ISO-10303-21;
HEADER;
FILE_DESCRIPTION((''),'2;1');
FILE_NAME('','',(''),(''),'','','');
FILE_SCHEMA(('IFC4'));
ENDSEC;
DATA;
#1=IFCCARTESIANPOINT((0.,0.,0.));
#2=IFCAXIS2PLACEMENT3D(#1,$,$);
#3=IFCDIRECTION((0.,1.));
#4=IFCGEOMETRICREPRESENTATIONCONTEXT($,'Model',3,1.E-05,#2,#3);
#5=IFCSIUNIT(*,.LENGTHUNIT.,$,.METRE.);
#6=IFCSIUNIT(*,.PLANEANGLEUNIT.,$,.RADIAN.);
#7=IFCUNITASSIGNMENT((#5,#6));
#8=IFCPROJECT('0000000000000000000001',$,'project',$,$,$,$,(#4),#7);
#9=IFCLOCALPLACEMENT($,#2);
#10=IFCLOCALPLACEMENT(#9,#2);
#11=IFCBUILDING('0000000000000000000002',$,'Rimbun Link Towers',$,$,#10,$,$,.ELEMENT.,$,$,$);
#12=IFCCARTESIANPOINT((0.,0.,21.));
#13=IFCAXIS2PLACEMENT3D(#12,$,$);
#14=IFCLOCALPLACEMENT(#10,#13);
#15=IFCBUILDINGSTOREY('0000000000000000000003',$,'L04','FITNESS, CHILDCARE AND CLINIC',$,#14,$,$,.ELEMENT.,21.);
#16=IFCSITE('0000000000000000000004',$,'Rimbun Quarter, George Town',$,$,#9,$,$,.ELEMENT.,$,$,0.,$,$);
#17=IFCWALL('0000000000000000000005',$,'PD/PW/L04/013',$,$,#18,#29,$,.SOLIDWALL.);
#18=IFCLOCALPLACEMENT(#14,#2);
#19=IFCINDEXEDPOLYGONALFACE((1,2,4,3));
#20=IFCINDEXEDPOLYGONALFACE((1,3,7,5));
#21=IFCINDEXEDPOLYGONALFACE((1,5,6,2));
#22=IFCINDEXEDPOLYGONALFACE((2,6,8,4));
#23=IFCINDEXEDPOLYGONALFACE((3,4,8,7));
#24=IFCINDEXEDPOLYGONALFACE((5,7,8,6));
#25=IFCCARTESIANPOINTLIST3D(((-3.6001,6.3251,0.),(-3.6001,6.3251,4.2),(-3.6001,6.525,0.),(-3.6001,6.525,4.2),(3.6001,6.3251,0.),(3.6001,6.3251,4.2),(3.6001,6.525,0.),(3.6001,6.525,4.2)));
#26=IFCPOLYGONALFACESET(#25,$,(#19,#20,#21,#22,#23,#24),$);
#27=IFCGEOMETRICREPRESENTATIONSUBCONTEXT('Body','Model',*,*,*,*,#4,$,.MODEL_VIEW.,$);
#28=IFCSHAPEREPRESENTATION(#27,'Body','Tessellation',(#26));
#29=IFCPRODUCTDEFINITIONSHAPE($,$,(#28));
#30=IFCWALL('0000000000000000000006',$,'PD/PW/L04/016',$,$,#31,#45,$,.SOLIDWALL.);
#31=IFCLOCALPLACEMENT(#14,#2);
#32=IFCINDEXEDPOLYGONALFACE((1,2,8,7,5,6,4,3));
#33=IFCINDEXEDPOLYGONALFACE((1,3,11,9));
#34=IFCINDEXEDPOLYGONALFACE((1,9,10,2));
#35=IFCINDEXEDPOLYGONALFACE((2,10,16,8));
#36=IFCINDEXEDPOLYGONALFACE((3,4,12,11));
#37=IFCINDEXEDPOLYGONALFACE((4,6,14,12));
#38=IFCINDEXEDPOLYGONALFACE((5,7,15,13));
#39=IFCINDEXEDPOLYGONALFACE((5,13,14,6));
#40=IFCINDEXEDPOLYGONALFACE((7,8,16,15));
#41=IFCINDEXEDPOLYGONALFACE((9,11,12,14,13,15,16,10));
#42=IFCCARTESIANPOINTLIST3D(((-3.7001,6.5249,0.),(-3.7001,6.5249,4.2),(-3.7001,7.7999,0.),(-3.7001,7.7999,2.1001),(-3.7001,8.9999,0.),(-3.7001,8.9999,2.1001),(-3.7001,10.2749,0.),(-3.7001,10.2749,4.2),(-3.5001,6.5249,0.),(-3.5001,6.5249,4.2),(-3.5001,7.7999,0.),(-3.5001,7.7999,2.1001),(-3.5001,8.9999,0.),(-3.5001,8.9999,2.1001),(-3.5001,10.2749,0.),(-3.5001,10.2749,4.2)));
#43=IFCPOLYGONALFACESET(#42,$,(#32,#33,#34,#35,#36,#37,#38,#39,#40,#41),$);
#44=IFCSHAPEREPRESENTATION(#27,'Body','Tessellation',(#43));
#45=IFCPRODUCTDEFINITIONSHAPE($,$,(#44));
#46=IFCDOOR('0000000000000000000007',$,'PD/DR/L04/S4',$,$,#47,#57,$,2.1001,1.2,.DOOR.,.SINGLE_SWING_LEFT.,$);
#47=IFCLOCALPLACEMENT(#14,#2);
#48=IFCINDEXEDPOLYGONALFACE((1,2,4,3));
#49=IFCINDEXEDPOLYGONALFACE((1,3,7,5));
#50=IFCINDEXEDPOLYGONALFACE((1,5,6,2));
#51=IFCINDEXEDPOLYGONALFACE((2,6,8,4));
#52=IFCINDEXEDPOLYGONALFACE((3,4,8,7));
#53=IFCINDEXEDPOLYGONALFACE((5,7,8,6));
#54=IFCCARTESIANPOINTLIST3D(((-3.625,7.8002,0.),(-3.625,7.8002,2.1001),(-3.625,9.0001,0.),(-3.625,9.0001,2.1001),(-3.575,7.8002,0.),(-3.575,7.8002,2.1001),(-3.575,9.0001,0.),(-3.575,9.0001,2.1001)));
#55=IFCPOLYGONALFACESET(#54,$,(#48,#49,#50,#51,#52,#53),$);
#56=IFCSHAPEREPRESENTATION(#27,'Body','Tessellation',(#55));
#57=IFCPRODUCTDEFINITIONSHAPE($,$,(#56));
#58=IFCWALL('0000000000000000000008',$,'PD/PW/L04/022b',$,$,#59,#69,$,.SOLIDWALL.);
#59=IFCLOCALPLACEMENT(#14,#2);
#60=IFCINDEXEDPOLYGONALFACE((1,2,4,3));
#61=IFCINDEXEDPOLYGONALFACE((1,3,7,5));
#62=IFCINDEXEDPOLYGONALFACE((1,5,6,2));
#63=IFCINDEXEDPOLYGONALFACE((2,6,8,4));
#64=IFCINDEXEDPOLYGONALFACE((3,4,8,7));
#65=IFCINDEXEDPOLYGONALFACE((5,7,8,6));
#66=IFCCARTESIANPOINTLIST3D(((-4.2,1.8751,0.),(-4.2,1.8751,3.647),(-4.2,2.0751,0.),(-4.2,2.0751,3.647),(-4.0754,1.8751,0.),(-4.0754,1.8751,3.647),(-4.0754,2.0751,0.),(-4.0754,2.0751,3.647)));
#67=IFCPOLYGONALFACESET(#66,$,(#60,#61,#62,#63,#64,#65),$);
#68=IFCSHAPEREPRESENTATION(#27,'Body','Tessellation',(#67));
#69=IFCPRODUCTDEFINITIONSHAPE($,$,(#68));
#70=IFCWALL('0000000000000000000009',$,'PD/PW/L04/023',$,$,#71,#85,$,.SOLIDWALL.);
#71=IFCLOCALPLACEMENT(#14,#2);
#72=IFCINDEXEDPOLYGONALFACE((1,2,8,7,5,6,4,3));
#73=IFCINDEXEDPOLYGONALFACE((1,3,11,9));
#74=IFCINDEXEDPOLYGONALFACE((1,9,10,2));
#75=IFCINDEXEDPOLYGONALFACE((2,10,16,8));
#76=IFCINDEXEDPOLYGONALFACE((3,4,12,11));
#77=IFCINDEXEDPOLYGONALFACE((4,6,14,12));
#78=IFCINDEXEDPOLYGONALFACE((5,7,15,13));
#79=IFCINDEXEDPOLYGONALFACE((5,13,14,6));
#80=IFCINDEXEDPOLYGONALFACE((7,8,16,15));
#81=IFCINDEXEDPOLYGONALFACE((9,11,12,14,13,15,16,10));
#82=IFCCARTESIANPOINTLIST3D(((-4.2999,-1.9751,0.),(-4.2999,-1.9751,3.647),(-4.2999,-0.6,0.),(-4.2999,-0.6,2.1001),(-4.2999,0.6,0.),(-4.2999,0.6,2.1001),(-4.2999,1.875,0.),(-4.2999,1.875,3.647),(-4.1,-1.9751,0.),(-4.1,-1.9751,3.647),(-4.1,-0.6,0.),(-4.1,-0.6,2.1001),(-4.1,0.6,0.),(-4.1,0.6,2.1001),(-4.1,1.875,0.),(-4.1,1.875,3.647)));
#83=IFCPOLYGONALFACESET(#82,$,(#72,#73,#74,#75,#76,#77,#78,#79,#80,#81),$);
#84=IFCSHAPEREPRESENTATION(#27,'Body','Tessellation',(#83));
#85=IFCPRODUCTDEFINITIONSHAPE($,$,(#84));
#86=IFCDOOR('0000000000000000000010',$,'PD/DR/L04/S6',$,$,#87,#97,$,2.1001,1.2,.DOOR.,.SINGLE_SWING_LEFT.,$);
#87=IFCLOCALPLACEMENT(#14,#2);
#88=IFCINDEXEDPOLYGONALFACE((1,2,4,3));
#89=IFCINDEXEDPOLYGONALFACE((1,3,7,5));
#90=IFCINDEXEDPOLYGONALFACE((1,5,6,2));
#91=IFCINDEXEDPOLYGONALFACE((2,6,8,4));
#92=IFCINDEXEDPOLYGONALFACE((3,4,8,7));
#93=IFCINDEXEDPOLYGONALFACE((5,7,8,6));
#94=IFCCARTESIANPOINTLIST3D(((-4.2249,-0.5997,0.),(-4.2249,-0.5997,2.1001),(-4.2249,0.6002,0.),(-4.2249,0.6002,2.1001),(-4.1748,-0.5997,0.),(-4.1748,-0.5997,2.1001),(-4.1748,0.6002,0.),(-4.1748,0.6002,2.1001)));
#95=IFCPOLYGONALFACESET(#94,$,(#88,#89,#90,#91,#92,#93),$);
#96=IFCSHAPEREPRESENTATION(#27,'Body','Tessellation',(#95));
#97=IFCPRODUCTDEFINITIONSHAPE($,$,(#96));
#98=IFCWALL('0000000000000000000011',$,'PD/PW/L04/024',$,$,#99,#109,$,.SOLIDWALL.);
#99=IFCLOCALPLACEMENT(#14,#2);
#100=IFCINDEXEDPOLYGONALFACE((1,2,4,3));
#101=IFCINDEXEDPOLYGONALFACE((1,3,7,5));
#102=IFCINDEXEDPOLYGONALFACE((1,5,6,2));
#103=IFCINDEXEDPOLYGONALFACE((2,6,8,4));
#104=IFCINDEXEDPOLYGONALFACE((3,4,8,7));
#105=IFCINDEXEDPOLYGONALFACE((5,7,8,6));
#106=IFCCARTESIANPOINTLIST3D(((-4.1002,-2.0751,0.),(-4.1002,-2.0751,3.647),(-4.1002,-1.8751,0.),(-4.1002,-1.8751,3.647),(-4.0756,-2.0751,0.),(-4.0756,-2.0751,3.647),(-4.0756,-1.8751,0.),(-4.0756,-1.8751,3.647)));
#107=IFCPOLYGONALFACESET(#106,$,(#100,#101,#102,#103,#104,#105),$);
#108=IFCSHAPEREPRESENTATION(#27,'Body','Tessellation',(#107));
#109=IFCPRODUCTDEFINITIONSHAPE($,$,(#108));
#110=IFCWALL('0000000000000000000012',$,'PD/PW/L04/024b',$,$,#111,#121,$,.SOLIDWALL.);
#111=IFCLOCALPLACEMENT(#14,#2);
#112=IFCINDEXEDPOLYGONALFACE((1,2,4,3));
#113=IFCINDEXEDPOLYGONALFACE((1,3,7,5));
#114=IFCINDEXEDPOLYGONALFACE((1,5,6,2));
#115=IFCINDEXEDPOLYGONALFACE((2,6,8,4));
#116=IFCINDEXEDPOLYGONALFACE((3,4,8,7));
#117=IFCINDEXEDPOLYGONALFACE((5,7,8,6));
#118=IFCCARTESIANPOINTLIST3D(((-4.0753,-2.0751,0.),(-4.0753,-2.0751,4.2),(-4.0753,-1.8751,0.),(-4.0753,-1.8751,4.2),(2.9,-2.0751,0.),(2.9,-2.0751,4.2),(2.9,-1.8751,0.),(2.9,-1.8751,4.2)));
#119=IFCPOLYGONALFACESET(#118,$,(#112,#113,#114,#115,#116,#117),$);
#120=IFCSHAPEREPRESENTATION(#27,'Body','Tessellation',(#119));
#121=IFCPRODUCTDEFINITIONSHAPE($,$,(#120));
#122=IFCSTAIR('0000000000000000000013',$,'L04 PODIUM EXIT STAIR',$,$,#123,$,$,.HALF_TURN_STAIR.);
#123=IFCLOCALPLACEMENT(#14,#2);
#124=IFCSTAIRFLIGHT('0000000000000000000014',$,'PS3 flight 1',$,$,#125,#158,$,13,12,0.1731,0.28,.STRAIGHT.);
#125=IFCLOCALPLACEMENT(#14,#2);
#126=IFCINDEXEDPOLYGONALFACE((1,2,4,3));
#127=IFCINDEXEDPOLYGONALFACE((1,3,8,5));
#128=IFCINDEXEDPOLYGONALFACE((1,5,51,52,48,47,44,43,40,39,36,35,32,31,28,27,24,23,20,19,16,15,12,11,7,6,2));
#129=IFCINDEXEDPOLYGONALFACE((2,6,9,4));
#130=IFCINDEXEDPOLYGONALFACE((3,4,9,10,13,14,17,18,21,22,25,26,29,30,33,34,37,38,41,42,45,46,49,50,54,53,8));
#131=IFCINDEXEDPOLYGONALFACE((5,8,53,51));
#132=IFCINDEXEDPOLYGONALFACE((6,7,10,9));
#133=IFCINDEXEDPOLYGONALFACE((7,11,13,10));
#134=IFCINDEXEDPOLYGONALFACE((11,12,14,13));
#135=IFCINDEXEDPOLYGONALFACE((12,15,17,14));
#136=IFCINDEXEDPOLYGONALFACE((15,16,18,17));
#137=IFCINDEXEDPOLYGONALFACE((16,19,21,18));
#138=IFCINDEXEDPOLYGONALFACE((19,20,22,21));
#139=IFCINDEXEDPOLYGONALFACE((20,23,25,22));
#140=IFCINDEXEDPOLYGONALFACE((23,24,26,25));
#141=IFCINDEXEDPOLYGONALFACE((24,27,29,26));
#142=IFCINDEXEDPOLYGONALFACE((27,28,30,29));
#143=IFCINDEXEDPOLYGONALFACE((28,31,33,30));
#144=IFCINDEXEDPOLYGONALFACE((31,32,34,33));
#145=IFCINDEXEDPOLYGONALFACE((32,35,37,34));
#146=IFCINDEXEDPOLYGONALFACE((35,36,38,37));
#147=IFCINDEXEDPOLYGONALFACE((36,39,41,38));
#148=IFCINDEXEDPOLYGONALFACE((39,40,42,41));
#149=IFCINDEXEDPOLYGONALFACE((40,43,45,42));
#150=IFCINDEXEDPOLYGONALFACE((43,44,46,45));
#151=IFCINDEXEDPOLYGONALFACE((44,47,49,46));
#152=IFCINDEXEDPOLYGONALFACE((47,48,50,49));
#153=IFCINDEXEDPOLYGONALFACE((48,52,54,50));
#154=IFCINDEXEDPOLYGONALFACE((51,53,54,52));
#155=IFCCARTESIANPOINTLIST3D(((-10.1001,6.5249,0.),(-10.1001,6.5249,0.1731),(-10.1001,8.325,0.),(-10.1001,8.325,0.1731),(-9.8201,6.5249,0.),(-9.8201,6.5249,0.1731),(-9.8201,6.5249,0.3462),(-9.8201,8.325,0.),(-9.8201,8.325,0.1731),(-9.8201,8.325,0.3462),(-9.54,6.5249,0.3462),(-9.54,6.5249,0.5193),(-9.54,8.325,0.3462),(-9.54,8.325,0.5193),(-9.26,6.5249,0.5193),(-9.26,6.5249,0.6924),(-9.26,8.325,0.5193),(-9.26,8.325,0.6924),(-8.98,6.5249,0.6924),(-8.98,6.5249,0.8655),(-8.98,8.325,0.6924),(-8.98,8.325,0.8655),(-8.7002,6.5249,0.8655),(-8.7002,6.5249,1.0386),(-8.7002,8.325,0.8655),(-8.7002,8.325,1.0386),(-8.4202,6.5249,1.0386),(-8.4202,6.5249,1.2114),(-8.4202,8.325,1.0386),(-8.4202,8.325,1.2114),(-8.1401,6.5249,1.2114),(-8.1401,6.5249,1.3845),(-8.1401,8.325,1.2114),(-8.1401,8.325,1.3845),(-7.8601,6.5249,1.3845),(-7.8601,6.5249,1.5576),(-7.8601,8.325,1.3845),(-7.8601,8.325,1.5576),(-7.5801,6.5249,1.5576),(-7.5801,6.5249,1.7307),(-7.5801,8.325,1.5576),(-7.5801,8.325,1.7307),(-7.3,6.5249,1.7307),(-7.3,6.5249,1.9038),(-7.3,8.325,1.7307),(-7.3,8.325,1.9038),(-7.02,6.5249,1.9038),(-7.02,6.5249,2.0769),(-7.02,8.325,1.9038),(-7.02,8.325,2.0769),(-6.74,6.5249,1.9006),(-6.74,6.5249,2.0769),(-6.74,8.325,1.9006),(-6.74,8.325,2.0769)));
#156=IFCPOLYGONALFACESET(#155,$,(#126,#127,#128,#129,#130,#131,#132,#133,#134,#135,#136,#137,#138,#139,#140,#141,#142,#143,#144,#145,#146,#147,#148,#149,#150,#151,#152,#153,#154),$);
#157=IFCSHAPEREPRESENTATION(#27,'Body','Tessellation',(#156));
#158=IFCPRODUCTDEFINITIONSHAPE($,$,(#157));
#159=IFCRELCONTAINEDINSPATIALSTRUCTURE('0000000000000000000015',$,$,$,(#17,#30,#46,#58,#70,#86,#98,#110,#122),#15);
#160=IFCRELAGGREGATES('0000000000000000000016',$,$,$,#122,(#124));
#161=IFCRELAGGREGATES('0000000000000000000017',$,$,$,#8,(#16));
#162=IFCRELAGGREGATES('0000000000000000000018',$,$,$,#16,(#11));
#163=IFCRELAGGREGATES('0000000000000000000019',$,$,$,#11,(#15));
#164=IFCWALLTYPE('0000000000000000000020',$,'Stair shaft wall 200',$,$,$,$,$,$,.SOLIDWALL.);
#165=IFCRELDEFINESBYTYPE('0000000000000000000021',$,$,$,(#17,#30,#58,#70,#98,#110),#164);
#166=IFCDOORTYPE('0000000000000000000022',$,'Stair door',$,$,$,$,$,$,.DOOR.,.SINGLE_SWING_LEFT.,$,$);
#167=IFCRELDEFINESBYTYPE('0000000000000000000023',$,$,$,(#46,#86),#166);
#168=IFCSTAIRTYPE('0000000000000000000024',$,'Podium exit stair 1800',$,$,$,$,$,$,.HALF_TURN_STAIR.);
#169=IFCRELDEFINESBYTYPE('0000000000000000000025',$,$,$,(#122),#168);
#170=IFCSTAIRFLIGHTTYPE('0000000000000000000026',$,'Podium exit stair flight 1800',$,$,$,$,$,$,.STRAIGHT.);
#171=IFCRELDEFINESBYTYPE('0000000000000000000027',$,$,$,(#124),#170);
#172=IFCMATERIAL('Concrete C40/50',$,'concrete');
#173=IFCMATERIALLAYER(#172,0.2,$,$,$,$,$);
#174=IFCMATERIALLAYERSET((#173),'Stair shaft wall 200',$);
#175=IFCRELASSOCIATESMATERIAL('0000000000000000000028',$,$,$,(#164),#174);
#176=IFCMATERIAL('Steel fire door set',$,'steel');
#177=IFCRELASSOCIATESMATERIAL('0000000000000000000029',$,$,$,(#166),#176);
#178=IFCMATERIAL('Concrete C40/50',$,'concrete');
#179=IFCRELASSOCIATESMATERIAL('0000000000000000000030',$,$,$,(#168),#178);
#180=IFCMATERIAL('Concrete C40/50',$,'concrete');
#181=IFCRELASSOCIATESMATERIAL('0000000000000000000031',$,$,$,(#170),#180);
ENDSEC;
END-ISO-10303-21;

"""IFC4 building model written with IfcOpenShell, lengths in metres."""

from ifc_helpers import new_model, si_unit, direction, frame, frame_2d, origin, place, context, subcontext, project, spatial, polyline, rectangle, outline, extrude, material, layer, layer_set, type_object, element, fill, aggregate, save


model = new_model("IFC4")

# Units and contexts
model_context = context("Model", 3, precision=1e-05, world=origin(), true_north=direction((0.0, 1.0)))
body_context = subcontext(model_context, "Body", "Model", "MODEL_VIEW")
ifc_project = project(units=[si_unit("LENGTHUNIT", "METRE"), si_unit("PLANEANGLEUNIT", "RADIAN")], contexts=[model_context])

# Site, building, storey
site_placement = place(None, origin())
site = spatial("IfcSite", under=ifc_project, at=site_placement, Name="Rimbun Quarter, George Town", CompositionType="ELEMENT", RefElevation=0.0)
building_placement = place(site_placement, origin())
building = spatial("IfcBuilding", under=site, at=building_placement, Name="Rimbun Link Towers", CompositionType="ELEMENT")
storey_placement = place(building_placement, frame((0.0, 0.0, 21.0)))
storey = spatial("IfcBuildingStorey", under=building, at=storey_placement, Name="L04", Description="FITNESS, CHILDCARE AND CLINIC", CompositionType="ELEMENT", Elevation=21.0)

# Wall
ifc_material_1 = material(Name="Concrete C40/50", Category="concrete")
ifc_layer_1 = layer(ifc_material_1, 0.2)
ifc_layer_set_1 = layer_set([ifc_layer_1], Name="Stair shaft wall 200")
wall_type_1 = type_object("IfcWallType", Name="Stair shaft wall 200", PredefinedType="SOLIDWALL", material=ifc_layer_set_1)
wall_1_placement = place(storey_placement, frame((-3.6001, 6.425, 0.0), z_axis=(0.0, 0.0, 1.0), x_axis=(1.0, 0.0, 0.0)))
element("IfcWall", 1, at=wall_1_placement, inside=storey, type_object=wall_type_1, Name="PD/PW/L04/013", PredefinedType="SOLIDWALL", context=body_context, shape_type="SweptSolid", body=[
    extrude(rectangle(XDim=7.2002, YDim=0.2, at=frame_2d((3.6001, 0.0))), origin(), (0.0, 0.0, 1.0), 4.2),
])

# Wall, opening, door
wall_2_placement = place(storey_placement, frame((-3.6001, 10.2749, 0.0), z_axis=(0.0, 0.0, 1.0), x_axis=(0.0, -1.0, 0.0)))
wall_2 = element("IfcWall", 2, at=wall_2_placement, inside=storey, type_object=wall_type_1, Name="PD/PW/L04/016", PredefinedType="SOLIDWALL", context=body_context, shape_type="SweptSolid", body=[
    extrude(rectangle(XDim=3.75, YDim=0.2, at=frame_2d((1.875, 0.0))), origin(), (0.0, 0.0, 1.0), 4.2),
])
opening_1_placement = place(wall_2_placement, frame((1.2749, 0.0, 0.0)))
opening_1 = element("IfcOpeningElement", 3, at=opening_1_placement, cuts=wall_2, PredefinedType="OPENING", context=body_context, shape_type="SweptSolid", body=[
    extrude(rectangle(XDim=1.2, YDim=2.1001, at=frame_2d((0.6001, 1.05))), frame((0.0, 0.1099, 0.0), z_axis=(0.0, -1.0, 0.0), x_axis=(1.0, 0.0, 0.0)), (0.0, 0.0, 1.0), 0.22),
])
ifc_material_2 = material(Name="Steel fire door set", Category="steel")
door_type_1 = type_object("IfcDoorType", Name="Stair door", OperationType="SINGLE_SWING_LEFT", PredefinedType="DOOR", material=ifc_material_2)
door_1_placement = place(opening_1_placement, frame((1.2, 0.0, 0.0), z_axis=(0.0, 0.0, 1.0), x_axis=(-1.0, 0.0, 0.0)))
door_1 = element("IfcDoor", 4, at=door_1_placement, inside=storey, type_object=door_type_1, Name="PD/DR/L04/S4", OperationType="SINGLE_SWING_LEFT", OverallHeight=2.1001, OverallWidth=1.2, PredefinedType="DOOR", context=body_context, shape_type="SweptSolid", body=[
    extrude(rectangle(XDim=1.2, YDim=2.1001, at=frame_2d((0.6001, 1.05))), frame((0.0, 0.0249, 0.0), z_axis=(0.0, -1.0, 0.0), x_axis=(1.0, 0.0, 0.0)), (0.0, 0.0, 1.0), 0.05),
])
fill(opening_1, door_1)

# Wall
wall_3_placement = place(storey_placement, frame((-4.0754, 1.9751, 0.0), z_axis=(0.0, 0.0, 1.0), x_axis=(-1.0, 0.0, 0.0)))
element("IfcWall", 5, at=wall_3_placement, inside=storey, type_object=wall_type_1, Name="PD/PW/L04/022b", PredefinedType="SOLIDWALL", context=body_context, shape_type="SweptSolid", body=[
    extrude(rectangle(XDim=0.1245, YDim=0.2, at=frame_2d((0.0623, 0.0))), origin(), (0.0, 0.0, 1.0), 3.647),
])

# Wall, opening, door
wall_4_placement = place(storey_placement, frame((-4.2, 1.875, 0.0), z_axis=(0.0, 0.0, 1.0), x_axis=(0.0, -1.0, 0.0)))
wall_4 = element("IfcWall", 6, at=wall_4_placement, inside=storey, type_object=wall_type_1, Name="PD/PW/L04/023", PredefinedType="SOLIDWALL", context=body_context, shape_type="SweptSolid", body=[
    extrude(rectangle(XDim=3.8501, YDim=0.2, at=frame_2d((1.925, 0.0))), origin(), (0.0, 0.0, 1.0), 3.647),
])
opening_2_placement = place(wall_4_placement, frame((1.2749, 0.0, 0.0)))
opening_2 = element("IfcOpeningElement", 7, at=opening_2_placement, cuts=wall_4, PredefinedType="OPENING", context=body_context, shape_type="SweptSolid", body=[
    extrude(rectangle(XDim=1.2, YDim=2.1001, at=frame_2d((0.6001, 1.05))), frame((0.0, 0.1099, 0.0), z_axis=(0.0, -1.0, 0.0), x_axis=(1.0, 0.0, 0.0)), (0.0, 0.0, 1.0), 0.22),
])
door_2_placement = place(opening_2_placement, frame((1.2, 0.0, 0.0), z_axis=(0.0, 0.0, 1.0), x_axis=(-1.0, 0.0, 0.0)))
door_2 = element("IfcDoor", 8, at=door_2_placement, inside=storey, type_object=door_type_1, Name="PD/DR/L04/S6", OperationType="SINGLE_SWING_LEFT", OverallHeight=2.1001, OverallWidth=1.2, PredefinedType="DOOR", context=body_context, shape_type="SweptSolid", body=[
    extrude(rectangle(XDim=1.2, YDim=2.1001, at=frame_2d((0.6001, 1.05))), frame((0.0, 0.0249, 0.0), z_axis=(0.0, -1.0, 0.0), x_axis=(1.0, 0.0, 0.0)), (0.0, 0.0, 1.0), 0.05),
])
fill(opening_2, door_2)

# Walls
wall_5_placement = place(storey_placement, frame((-4.1001, -1.9751, 0.0), z_axis=(0.0, 0.0, 1.0), x_axis=(1.0, 0.0, 0.0)))
element("IfcWall", 9, at=wall_5_placement, inside=storey, type_object=wall_type_1, Name="PD/PW/L04/024", PredefinedType="SOLIDWALL", context=body_context, shape_type="SweptSolid", body=[
    extrude(rectangle(XDim=0.0247, YDim=0.2, at=frame_2d((0.0122, 0.0))), origin(), (0.0, 0.0, 1.0), 3.647),
])
wall_6_placement = place(storey_placement, frame((-4.0754, -1.9751, 0.0), z_axis=(0.0, 0.0, 1.0), x_axis=(1.0, 0.0, 0.0)))
element("IfcWall", 10, at=wall_6_placement, inside=storey, type_object=wall_type_1, Name="PD/PW/L04/024b", PredefinedType="SOLIDWALL", context=body_context, shape_type="SweptSolid", body=[
    extrude(rectangle(XDim=6.9753, YDim=0.2, at=frame_2d((3.4878, 0.0))), origin(), (0.0, 0.0, 1.0), 4.2),
])

# Stair, stair flight
ifc_material_3 = material(Name="Concrete C40/50", Category="concrete")
stair_type = type_object("IfcStairType", Name="Podium exit stair 1800", PredefinedType="HALF_TURN_STAIR", material=ifc_material_3)
stair_placement = place(storey_placement, origin())
stair = element("IfcStair", 11, at=stair_placement, inside=storey, type_object=stair_type, Name="L04 PODIUM EXIT STAIR", PredefinedType="HALF_TURN_STAIR")
ifc_material_4 = material(Name="Concrete C40/50", Category="concrete")
stair_flight_type = type_object("IfcStairFlightType", Name="Podium exit stair flight 1800", PredefinedType="STRAIGHT", material=ifc_material_4)
stair_flight_1_placement = place(storey_placement, frame((-10.1001, 7.425, 0.0), z_axis=(0.0, 0.0, 1.0), x_axis=(1.0, 0.0, 0.0)))
stair_flight_1 = element("IfcStairFlight", 12, at=stair_flight_1_placement, type_object=stair_flight_type, Name="PS3 flight 1", NumberOfRisers=13, NumberOfTreads=12, PredefinedType="STRAIGHT", RiserHeight=0.1731, TreadLength=0.28, context=body_context, shape_type="SweptSolid", body=[
    extrude(outline(polyline([(0.0, 0.0), (0.0, 0.1731), (0.28, 0.1731), (0.28, 0.3462), (0.5601, 0.3462), (0.5601, 0.5193), (0.8401, 0.5193), (0.8401, 0.6924), (1.1201, 0.6924), (1.1201, 0.8655), (1.3999, 0.8655), (1.3999, 1.0386), (1.6799, 1.0386), (1.6799, 1.2114), (1.96, 1.2114), (1.96, 1.3845), (2.24, 1.3845), (2.24, 1.5576), (2.52, 1.5576), (2.52, 1.7307), (2.8, 1.7307), (2.8, 1.9038), (3.0801, 1.9038), (3.0801, 2.0769), (3.3601, 2.0769), (3.3601, 2.25), (3.3601, 1.9006), (0.28, 0.0), (0.0, 0.0)])), frame((0.0, 0.8999, 0.0), z_axis=(0.0, -1.0, 0.0), x_axis=(1.0, 0.0, 0.0)), (0.0, 0.0, 1.0), 1.8),
])
aggregate(stair, [stair_flight_1])

save(model, "model.ifc")
